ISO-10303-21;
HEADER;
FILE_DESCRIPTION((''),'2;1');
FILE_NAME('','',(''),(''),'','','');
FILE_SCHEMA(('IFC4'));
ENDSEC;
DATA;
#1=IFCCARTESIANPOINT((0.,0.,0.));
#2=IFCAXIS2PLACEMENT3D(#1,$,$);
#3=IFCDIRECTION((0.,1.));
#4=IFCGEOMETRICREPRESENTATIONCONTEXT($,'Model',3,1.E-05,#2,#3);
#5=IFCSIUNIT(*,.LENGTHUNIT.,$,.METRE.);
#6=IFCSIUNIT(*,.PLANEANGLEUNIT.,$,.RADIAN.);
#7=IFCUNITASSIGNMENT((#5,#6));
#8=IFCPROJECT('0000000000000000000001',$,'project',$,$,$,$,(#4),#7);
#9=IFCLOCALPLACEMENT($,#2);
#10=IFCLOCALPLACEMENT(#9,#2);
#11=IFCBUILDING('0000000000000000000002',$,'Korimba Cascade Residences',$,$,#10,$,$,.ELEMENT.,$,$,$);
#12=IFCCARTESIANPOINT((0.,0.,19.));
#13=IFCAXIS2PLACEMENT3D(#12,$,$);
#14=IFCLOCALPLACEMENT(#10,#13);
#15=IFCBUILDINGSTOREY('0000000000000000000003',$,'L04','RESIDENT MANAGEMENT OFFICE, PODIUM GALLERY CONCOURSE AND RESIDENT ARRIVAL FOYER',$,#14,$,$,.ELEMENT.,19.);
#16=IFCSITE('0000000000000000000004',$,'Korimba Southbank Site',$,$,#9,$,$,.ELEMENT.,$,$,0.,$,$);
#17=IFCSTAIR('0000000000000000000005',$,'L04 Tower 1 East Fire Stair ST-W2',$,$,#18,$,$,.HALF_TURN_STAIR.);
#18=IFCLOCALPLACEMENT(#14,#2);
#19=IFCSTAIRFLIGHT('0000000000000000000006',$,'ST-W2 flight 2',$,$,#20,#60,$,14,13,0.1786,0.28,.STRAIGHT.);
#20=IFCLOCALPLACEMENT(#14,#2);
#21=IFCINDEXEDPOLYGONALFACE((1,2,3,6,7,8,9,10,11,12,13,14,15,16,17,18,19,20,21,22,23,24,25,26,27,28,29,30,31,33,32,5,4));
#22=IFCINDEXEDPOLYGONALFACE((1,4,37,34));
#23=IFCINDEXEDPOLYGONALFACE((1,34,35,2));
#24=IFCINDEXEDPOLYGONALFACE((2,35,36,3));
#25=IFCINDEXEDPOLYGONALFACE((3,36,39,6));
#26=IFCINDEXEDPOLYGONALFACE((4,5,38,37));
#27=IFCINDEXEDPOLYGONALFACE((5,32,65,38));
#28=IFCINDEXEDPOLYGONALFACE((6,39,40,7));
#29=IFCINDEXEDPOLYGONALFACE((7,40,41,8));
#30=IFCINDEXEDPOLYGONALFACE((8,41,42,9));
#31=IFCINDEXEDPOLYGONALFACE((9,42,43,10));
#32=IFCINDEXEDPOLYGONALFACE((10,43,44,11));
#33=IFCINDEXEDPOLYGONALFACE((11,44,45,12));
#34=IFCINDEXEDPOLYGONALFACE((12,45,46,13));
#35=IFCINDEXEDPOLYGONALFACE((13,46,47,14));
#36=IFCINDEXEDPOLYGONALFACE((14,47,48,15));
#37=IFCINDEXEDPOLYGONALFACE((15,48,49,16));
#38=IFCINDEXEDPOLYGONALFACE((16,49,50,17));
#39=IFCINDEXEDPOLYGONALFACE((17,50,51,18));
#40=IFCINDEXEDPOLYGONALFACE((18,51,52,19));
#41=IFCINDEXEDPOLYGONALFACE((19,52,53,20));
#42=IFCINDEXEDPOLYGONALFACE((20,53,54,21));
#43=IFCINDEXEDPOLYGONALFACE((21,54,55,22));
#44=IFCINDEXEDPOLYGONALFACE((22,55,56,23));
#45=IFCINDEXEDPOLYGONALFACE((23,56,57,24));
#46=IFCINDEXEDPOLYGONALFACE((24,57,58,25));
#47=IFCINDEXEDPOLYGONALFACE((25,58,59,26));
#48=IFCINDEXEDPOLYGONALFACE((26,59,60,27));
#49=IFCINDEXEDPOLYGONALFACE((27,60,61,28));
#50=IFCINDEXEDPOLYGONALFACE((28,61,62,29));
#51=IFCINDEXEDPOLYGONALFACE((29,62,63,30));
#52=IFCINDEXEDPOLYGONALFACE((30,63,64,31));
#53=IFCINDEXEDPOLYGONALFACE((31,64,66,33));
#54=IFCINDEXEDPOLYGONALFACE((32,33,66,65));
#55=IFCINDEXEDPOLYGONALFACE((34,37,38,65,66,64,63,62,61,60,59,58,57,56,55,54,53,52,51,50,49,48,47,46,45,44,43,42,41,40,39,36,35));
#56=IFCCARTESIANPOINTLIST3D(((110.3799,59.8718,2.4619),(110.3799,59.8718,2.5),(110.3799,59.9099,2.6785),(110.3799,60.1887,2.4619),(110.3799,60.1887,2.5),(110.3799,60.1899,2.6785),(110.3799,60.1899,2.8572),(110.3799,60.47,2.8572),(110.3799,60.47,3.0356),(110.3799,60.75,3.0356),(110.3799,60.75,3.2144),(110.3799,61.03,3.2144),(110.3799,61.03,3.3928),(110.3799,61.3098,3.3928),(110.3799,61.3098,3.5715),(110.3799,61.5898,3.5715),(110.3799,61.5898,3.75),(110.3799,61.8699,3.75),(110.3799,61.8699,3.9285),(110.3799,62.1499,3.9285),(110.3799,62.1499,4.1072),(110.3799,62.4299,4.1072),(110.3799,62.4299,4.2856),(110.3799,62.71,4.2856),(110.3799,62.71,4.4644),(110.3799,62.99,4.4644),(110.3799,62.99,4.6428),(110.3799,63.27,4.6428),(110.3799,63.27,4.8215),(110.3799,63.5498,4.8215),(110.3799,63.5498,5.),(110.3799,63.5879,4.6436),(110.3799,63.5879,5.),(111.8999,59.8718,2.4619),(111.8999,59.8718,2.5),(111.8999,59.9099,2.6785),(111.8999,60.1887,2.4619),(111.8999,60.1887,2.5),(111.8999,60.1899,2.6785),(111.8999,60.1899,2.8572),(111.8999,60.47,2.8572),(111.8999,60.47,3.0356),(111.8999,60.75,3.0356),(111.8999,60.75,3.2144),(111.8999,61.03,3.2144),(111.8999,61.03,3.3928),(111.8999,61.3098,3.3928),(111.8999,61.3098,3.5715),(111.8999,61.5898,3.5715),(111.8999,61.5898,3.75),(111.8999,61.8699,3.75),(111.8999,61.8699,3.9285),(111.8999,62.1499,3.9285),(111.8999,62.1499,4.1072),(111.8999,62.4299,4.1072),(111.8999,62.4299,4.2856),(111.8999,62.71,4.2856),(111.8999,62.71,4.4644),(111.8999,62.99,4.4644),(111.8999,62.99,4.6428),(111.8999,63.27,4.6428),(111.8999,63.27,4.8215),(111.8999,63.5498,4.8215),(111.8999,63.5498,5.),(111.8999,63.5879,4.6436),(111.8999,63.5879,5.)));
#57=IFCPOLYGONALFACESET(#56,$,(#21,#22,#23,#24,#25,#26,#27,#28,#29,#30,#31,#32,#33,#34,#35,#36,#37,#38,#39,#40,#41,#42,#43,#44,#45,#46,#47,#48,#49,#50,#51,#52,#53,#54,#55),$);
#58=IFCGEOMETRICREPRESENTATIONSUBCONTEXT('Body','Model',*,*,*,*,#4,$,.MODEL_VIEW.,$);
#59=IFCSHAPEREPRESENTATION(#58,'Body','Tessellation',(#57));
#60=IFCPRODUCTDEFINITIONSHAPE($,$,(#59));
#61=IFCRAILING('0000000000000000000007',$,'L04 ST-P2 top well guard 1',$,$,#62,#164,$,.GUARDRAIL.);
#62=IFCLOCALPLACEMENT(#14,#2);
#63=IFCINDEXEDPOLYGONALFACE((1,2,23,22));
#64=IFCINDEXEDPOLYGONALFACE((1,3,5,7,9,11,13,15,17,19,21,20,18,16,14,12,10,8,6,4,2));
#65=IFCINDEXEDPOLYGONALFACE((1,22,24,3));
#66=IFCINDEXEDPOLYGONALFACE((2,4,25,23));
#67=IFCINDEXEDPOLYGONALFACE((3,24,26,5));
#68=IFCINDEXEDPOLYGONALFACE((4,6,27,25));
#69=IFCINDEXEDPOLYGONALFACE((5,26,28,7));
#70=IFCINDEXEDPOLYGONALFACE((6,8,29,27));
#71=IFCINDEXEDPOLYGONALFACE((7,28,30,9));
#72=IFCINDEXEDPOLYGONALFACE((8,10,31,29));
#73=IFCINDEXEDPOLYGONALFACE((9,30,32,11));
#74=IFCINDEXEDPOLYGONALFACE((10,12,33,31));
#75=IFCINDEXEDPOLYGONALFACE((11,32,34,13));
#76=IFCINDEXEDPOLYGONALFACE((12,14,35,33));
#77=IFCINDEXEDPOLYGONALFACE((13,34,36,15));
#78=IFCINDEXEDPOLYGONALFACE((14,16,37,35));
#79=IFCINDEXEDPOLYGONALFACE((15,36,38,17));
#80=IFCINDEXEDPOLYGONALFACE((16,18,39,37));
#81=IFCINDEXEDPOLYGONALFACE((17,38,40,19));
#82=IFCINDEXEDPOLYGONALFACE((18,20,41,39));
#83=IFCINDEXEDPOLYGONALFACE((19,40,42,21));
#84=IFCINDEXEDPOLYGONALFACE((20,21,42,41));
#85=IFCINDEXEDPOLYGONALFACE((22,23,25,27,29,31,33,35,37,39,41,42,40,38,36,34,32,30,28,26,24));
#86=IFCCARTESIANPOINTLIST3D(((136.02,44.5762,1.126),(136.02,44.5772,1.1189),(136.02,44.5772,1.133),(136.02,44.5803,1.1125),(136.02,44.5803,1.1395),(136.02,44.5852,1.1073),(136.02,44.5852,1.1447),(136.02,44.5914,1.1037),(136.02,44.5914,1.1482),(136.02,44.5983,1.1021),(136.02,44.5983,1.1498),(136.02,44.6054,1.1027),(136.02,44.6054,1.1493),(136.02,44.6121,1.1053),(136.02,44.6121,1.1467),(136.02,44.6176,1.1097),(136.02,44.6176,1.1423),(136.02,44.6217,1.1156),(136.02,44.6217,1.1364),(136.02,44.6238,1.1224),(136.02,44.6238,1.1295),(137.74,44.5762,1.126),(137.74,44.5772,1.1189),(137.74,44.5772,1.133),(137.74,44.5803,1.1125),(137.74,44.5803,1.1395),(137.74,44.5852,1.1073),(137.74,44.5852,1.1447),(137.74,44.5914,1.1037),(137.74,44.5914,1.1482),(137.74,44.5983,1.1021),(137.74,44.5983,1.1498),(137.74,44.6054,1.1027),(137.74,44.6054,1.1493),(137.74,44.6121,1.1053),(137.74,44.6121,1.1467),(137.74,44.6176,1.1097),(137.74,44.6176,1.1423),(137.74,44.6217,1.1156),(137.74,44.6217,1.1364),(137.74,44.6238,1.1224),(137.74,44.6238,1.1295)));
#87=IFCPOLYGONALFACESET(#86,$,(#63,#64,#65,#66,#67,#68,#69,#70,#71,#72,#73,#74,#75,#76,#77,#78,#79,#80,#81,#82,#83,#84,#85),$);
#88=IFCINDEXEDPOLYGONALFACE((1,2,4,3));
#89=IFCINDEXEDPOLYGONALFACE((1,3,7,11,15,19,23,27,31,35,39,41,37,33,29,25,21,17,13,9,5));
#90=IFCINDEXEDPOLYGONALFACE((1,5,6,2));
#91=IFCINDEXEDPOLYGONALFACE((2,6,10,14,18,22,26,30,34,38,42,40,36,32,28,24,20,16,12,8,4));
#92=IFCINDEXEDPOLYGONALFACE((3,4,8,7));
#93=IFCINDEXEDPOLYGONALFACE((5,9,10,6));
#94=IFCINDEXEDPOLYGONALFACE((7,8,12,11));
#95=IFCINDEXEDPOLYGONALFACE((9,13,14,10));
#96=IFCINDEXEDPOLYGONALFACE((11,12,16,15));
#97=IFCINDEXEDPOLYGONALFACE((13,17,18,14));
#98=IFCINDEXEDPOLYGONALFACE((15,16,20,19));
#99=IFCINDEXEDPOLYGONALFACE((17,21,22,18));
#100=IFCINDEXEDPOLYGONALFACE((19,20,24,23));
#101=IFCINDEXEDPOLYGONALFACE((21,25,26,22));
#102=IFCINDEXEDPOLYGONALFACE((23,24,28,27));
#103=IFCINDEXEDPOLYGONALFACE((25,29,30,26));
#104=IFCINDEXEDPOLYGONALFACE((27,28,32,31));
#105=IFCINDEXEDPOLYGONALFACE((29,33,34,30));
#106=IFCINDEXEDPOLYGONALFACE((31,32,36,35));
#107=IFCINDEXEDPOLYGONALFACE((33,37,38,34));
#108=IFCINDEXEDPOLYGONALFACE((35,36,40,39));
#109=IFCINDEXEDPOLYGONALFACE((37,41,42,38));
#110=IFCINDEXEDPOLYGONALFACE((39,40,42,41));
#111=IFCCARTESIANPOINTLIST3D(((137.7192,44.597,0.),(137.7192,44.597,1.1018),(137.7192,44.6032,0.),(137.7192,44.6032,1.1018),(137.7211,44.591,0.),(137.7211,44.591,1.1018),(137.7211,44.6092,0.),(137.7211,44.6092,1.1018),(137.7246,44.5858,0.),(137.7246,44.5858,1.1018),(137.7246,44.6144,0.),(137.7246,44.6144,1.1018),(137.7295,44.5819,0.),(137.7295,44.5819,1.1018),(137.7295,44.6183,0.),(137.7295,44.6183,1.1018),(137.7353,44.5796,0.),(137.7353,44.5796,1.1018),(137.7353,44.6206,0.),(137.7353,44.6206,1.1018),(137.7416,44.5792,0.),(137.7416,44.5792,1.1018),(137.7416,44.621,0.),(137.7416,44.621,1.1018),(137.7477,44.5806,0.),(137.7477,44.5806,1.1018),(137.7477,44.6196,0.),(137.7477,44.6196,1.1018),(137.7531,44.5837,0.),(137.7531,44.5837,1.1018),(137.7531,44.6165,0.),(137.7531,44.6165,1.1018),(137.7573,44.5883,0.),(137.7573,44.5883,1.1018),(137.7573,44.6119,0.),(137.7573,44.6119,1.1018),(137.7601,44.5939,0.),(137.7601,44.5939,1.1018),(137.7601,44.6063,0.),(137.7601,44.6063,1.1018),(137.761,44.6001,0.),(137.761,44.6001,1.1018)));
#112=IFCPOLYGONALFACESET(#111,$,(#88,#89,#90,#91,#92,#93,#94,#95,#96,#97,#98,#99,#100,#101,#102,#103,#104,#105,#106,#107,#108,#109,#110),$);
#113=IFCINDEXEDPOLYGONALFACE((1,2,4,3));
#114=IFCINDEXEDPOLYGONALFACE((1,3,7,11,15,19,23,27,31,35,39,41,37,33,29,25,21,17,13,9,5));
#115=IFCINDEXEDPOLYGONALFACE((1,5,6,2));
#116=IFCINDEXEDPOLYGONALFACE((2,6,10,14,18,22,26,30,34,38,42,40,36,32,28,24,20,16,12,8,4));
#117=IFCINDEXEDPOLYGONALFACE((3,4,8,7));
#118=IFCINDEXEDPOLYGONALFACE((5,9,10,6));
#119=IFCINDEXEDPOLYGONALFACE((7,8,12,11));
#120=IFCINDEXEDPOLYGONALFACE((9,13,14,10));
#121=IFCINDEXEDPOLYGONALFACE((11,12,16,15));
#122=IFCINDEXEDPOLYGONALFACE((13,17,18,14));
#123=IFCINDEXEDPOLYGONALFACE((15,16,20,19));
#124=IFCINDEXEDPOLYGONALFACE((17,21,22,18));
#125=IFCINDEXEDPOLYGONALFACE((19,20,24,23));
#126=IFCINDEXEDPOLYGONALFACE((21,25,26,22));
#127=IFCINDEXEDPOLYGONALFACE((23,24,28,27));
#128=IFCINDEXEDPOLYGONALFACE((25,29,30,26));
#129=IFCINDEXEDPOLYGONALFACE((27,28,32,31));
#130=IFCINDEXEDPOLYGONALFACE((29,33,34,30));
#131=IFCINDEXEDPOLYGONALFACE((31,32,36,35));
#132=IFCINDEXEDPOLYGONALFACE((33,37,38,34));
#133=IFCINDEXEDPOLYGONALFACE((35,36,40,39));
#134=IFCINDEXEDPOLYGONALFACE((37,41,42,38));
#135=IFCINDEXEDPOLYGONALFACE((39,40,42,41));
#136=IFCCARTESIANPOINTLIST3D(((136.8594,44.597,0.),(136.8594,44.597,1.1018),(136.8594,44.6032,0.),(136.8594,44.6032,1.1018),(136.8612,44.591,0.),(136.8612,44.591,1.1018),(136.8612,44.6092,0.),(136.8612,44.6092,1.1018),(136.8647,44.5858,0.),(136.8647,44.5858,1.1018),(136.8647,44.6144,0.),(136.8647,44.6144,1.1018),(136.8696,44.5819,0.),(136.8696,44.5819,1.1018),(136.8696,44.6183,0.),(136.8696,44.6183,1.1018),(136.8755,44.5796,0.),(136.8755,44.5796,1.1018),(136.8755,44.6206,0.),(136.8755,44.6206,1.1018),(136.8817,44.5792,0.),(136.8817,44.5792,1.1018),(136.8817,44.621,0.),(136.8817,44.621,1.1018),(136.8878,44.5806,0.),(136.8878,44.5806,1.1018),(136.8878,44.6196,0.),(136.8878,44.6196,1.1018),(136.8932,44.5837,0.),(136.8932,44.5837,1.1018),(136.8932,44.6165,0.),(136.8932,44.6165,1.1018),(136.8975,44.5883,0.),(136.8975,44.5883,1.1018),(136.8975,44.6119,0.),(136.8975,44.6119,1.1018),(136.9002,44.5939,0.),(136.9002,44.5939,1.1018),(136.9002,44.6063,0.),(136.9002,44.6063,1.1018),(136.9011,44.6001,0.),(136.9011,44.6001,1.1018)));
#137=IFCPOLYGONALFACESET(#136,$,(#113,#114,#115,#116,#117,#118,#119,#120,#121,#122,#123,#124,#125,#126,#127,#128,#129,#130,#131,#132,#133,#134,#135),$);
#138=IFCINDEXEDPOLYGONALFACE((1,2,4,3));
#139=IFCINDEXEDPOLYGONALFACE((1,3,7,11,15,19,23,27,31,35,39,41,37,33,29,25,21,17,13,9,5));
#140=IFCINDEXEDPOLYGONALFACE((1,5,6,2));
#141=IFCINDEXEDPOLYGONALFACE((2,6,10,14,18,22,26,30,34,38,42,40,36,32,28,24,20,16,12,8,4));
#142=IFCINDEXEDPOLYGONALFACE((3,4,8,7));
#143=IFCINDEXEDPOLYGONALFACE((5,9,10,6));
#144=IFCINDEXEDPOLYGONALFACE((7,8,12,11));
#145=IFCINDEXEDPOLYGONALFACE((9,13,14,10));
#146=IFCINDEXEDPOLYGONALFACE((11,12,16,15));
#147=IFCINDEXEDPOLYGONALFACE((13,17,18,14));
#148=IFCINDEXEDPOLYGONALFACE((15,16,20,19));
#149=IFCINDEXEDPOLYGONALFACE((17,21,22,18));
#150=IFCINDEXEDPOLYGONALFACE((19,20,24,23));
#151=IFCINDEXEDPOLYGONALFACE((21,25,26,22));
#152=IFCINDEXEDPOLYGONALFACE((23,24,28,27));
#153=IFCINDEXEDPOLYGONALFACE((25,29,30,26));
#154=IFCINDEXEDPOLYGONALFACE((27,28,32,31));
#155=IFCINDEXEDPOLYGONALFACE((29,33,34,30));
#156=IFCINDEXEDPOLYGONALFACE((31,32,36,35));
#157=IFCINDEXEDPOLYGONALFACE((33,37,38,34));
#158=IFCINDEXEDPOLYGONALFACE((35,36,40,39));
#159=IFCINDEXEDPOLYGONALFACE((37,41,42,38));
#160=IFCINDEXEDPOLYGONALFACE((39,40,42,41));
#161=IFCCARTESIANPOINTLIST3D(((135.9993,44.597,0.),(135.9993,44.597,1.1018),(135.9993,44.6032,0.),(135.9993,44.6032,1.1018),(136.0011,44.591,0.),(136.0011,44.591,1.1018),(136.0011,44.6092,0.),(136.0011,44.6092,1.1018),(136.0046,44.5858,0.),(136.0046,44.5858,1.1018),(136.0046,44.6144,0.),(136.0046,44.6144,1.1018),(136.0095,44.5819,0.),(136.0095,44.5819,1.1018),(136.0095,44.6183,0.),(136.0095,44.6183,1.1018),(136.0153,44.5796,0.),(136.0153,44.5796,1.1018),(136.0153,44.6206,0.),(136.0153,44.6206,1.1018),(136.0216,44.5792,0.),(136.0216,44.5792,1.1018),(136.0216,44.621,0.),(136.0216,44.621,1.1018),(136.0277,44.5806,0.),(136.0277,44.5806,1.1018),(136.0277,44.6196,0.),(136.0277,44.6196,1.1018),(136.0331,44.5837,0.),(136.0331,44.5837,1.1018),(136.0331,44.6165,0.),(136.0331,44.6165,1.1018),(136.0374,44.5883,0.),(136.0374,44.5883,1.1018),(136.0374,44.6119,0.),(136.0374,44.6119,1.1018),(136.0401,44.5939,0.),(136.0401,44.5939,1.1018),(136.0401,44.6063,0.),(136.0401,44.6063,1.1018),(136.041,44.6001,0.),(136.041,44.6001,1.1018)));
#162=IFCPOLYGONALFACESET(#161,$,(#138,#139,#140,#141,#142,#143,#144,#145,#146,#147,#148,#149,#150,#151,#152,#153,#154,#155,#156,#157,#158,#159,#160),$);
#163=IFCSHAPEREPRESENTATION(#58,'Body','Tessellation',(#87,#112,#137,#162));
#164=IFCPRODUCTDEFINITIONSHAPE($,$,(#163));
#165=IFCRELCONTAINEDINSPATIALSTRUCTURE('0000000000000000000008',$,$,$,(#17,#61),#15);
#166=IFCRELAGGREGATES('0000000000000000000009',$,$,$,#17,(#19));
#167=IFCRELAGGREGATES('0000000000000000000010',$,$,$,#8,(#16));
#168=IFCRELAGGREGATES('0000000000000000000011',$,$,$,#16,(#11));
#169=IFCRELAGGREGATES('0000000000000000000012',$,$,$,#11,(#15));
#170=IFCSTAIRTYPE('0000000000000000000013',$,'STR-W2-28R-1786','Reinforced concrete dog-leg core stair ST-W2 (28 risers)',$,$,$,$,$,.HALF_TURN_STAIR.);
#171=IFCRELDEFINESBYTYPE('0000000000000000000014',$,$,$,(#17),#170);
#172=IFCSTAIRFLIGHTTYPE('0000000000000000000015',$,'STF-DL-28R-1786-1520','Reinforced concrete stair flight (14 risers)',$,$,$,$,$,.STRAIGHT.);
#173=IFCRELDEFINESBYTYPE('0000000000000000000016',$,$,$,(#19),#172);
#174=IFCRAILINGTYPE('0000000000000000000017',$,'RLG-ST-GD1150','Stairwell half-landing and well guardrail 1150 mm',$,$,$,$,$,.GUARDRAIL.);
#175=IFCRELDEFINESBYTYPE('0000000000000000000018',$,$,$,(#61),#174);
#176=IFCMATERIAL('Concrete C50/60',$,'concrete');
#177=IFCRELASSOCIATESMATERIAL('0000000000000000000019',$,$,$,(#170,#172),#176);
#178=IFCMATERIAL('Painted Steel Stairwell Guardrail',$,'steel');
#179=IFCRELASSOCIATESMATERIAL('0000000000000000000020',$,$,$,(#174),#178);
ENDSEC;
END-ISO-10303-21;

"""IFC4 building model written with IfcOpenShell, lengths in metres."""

from ifc_helpers import new_model, si_unit, direction, frame, origin, origin_2d, place, context, subcontext, project, spatial, polyline, circle, outline, extrude, material, type_object, element, aggregate, save


model = new_model("IFC4")

# Units and contexts
model_context = context("Model", 3, precision=1e-05, world=origin(), true_north=direction((0.0, 1.0)))
body_context = subcontext(model_context, "Body", "Model", "MODEL_VIEW")
ifc_project = project(units=[si_unit("LENGTHUNIT", "METRE"), si_unit("PLANEANGLEUNIT", "RADIAN")], contexts=[model_context])

# Site, building, storey
site_placement = place(None, origin())
site = spatial("IfcSite", under=ifc_project, at=site_placement, Name="Korimba Southbank Site", CompositionType="ELEMENT", RefElevation=0.0)
building_placement = place(site_placement, origin())
building = spatial("IfcBuilding", under=site, at=building_placement, Name="Korimba Cascade Residences", CompositionType="ELEMENT")
storey_placement = place(building_placement, frame((0.0, 0.0, 19.0)))
storey = spatial("IfcBuildingStorey", under=building, at=storey_placement, Name="L04", Description="RESIDENT MANAGEMENT OFFICE, PODIUM GALLERY CONCOURSE AND RESIDENT ARRIVAL FOYER", CompositionType="ELEMENT", Elevation=19.0)

# Shared definitions
ifc_material_1 = material(Name="Concrete C50/60", Category="concrete")

# Stair, stair flight
stair_type = type_object("IfcStairType", Name="STR-W2-28R-1786", Description="Reinforced concrete dog-leg core stair ST-W2 (28 risers)", PredefinedType="HALF_TURN_STAIR", material=ifc_material_1)
stair_placement = place(storey_placement, origin())
stair = element("IfcStair", 1, at=stair_placement, inside=storey, type_object=stair_type, Name="L04 Tower 1 East Fire Stair ST-W2", PredefinedType="HALF_TURN_STAIR")
stair_flight_type = type_object("IfcStairFlightType", Name="STF-DL-28R-1786-1520", Description="Reinforced concrete stair flight (14 risers)", PredefinedType="STRAIGHT", material=ifc_material_1)
stair_flight_placement = place(storey_placement, frame((111.1399, 59.9099, 2.5), z_axis=(0.0, 0.0, 1.0), x_axis=(0.0, 1.0, 0.0)))
stair_flight = element("IfcStairFlight", 2, at=stair_flight_placement, type_object=stair_flight_type, Name="ST-W2 flight 2", NumberOfRisers=14, NumberOfTreads=13, PredefinedType="STRAIGHT", RiserHeight=0.1786, TreadLength=0.28, context=body_context, shape_type="SweptSolid", body=[
    extrude(outline(polyline([(-0.0381, 0.0), (0.0, 0.1785), (0.28, 0.1785), (0.28, 0.3572), (0.5601, 0.3572), (0.5601, 0.5356), (0.8401, 0.5356), (0.8401, 0.7144), (1.1201, 0.7144), (1.1201, 0.8928), (1.3999, 0.8928), (1.3999, 1.0715), (1.6799, 1.0715), (1.6799, 1.25), (1.96, 1.25), (1.96, 1.4285), (2.24, 1.4285), (2.24, 1.6072), (2.52, 1.6072), (2.52, 1.7856), (2.8, 1.7856), (2.8, 1.9644), (3.0801, 1.9644), (3.0801, 2.1428), (3.3601, 2.1428), (3.3601, 2.3215), (3.6399, 2.3215), (3.6399, 2.5), (3.678, 2.5), (3.678, 2.1436), (0.2788, 0.0), (0.2788, -0.0381), (-0.0381, -0.0381), (-0.0381, 0.0)])), frame((0.0, 0.76, 0.0), z_axis=(0.0, -1.0, 0.0), x_axis=(1.0, 0.0, 0.0)), (0.0, 0.0, 1.0), 1.52),
])
aggregate(stair, [stair_flight])

# Railing
ifc_material_2 = material(Name="Painted Steel Stairwell Guardrail", Category="steel")
railing_type_1 = type_object("IfcRailingType", Name="RLG-ST-GD1150", Description="Stairwell half-landing and well guardrail 1150 mm", PredefinedType="GUARDRAIL", material=ifc_material_2)
railing_1_placement = place(storey_placement, frame((137.74, 44.6001, 0.0)))
element("IfcRailing", 3, at=railing_1_placement, inside=storey, type_object=railing_type_1, Name="L04 ST-P2 top well guard 1", PredefinedType="GUARDRAIL", context=body_context, shape_type="SweptSolid", body=[
    extrude(circle(Radius=0.0239, at=origin_2d()), frame((0.0, 0.0, 1.126), z_axis=(-1.0, 0.0, 0.0), x_axis=(0.0, -1.0, 0.0)), (0.0, 0.0, 1.0), 1.72),
    extrude(circle(Radius=0.021, at=origin_2d()), origin(), (0.0, 0.0, 1.0), 1.1018),
    extrude(circle(Radius=0.021, at=origin_2d()), frame((-0.8599, 0.0, 0.0)), (0.0, 0.0, 1.0), 1.1018),
    extrude(circle(Radius=0.021, at=origin_2d()), frame((-1.72, 0.0, 0.0)), (0.0, 0.0, 1.0), 1.1018),
])

save(model, "model.ifc")
